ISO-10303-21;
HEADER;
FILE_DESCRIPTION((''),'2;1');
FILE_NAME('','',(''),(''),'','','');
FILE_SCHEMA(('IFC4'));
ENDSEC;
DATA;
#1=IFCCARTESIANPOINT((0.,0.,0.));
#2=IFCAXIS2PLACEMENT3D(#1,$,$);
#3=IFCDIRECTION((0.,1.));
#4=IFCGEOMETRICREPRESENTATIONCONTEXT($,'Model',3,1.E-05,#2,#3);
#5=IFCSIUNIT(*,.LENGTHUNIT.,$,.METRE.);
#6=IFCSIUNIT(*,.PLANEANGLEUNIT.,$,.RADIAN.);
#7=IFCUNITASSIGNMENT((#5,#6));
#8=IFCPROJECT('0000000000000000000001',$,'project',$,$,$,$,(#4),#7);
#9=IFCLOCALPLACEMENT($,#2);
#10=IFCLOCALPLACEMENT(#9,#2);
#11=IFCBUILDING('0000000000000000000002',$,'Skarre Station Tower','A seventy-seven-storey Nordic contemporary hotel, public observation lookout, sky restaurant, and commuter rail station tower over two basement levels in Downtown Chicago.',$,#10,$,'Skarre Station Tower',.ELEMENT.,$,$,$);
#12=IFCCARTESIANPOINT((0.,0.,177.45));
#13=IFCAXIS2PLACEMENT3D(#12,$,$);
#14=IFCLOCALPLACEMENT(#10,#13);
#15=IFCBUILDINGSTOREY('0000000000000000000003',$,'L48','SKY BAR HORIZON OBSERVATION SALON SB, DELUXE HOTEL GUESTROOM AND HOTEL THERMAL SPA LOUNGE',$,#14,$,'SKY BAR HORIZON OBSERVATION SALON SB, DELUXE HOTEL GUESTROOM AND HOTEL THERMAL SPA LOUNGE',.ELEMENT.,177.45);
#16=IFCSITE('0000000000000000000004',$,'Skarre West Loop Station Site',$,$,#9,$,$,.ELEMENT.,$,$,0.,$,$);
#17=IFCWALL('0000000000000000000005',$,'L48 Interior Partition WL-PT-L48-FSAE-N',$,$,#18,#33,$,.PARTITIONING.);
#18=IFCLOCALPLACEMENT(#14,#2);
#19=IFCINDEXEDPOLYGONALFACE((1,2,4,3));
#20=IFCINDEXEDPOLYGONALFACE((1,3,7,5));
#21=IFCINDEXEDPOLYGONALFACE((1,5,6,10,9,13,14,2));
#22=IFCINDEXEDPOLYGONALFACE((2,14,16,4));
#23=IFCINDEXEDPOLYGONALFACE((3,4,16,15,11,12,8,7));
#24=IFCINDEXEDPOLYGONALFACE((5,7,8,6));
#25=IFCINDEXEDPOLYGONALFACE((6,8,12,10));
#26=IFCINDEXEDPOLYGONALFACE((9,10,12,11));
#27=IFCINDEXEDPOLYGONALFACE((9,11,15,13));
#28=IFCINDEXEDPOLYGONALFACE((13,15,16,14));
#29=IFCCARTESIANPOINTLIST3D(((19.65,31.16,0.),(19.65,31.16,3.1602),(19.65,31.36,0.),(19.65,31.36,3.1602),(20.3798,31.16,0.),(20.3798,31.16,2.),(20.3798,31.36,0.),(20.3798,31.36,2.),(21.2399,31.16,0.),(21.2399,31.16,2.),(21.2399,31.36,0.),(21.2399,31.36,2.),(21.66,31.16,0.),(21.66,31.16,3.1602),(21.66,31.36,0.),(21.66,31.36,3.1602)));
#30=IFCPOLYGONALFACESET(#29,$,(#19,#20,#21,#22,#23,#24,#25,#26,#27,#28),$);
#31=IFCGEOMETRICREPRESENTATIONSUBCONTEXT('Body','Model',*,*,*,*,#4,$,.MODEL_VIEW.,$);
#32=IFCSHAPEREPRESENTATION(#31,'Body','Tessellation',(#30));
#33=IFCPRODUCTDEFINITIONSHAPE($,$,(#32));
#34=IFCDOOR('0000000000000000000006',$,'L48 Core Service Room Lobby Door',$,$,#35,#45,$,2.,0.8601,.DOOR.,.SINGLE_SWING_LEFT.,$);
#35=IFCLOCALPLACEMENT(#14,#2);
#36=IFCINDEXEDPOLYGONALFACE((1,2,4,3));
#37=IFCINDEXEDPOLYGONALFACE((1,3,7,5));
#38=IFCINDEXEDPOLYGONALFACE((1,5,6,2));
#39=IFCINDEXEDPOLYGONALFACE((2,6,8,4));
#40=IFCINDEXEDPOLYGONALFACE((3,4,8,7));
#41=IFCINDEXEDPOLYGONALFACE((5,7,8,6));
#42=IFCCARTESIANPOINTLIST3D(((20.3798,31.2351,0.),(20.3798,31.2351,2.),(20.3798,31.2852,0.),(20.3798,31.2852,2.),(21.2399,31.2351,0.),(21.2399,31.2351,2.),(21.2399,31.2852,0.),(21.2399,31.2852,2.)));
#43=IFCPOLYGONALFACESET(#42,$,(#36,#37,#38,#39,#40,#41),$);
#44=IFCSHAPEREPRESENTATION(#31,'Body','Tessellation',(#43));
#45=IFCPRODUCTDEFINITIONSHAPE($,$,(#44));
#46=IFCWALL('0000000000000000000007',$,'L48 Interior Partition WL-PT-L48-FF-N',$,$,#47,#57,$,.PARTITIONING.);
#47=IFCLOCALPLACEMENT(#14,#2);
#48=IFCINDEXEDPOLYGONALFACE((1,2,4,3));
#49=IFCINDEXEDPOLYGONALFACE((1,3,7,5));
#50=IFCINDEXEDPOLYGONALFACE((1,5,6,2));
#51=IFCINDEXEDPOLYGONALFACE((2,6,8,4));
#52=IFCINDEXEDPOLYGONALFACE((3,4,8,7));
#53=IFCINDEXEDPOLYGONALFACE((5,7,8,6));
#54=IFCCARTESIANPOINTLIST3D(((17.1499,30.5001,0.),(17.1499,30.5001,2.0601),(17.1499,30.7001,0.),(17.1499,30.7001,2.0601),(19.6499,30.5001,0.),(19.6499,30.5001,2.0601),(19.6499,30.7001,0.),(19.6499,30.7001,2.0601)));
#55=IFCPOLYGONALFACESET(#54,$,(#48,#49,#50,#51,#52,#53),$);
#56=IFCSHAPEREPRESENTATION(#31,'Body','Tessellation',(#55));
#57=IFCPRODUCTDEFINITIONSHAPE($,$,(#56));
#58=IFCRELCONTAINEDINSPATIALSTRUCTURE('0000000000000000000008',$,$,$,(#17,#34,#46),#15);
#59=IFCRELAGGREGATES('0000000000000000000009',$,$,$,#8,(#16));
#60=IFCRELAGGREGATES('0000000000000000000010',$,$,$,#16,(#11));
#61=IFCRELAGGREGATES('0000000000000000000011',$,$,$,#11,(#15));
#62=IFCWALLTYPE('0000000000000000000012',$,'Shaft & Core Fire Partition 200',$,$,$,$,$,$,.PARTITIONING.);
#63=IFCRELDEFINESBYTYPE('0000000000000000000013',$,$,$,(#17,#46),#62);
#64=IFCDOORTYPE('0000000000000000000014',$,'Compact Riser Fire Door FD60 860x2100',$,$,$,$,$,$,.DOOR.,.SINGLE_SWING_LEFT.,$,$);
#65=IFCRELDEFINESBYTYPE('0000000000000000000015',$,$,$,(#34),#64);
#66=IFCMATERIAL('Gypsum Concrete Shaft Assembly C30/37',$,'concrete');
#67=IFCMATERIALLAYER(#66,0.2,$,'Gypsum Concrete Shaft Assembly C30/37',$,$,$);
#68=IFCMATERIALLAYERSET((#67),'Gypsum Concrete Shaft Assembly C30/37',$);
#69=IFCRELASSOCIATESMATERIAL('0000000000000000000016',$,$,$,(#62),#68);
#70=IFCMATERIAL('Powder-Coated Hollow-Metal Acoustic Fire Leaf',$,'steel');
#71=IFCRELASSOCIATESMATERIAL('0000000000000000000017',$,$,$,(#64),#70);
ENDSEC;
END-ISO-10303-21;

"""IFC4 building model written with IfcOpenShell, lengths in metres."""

from ifc_helpers import new_model, si_unit, direction, frame, frame_2d, origin, place, context, subcontext, project, spatial, rectangle, extrude, material, layer, layer_set, type_object, element, fill, save


model = new_model("IFC4")

# Units and contexts
model_context = context("Model", 3, precision=1e-05, world=origin(), true_north=direction((0.0, 1.0)))
body_context = subcontext(model_context, "Body", "Model", "MODEL_VIEW")
ifc_project = project(units=[si_unit("LENGTHUNIT", "METRE"), si_unit("PLANEANGLEUNIT", "RADIAN")], contexts=[model_context])

# Site, building, storey
site_placement = place(None, origin())
site = spatial("IfcSite", under=ifc_project, at=site_placement, Name="Skarre West Loop Station Site", CompositionType="ELEMENT", RefElevation=0.0)
building_placement = place(site_placement, origin())
building = spatial("IfcBuilding", under=site, at=building_placement, Name="Skarre Station Tower", Description="A seventy-seven-storey Nordic contemporary hotel, public observation lookout, sky restaurant, and commuter rail station tower over two basement levels in Downtown Chicago.", LongName="Skarre Station Tower", CompositionType="ELEMENT")
storey_placement = place(building_placement, frame((0.0, 0.0, 177.45)))
storey = spatial("IfcBuildingStorey", under=building, at=storey_placement, Name="L48", Description="SKY BAR HORIZON OBSERVATION SALON SB, DELUXE HOTEL GUESTROOM AND HOTEL THERMAL SPA LOUNGE", LongName="SKY BAR HORIZON OBSERVATION SALON SB, DELUXE HOTEL GUESTROOM AND HOTEL THERMAL SPA LOUNGE", CompositionType="ELEMENT", Elevation=177.45)

# Wall, opening, door
ifc_material_1 = material(Name="Gypsum Concrete Shaft Assembly C30/37", Category="concrete")
ifc_layer_1 = layer(ifc_material_1, 0.2, Name="Gypsum Concrete Shaft Assembly C30/37")
ifc_layer_set_1 = layer_set([ifc_layer_1], Name="Gypsum Concrete Shaft Assembly C30/37")
wall_type_1 = type_object("IfcWallType", Name="Shaft & Core Fire Partition 200", PredefinedType="PARTITIONING", material=ifc_layer_set_1)
wall_1_placement = place(storey_placement, frame((21.6599, 31.26, 0.0), z_axis=(0.0, 0.0, 1.0), x_axis=(-1.0, 0.0, 0.0)))
wall_1 = element("IfcWall", 1, at=wall_1_placement, inside=storey, type_object=wall_type_1, Name="L48 Interior Partition WL-PT-L48-FSAE-N", PredefinedType="PARTITIONING", context=body_context, shape_type="SweptSolid", body=[
    extrude(rectangle(XDim=2.01, YDim=0.2, at=frame_2d((1.0049, 0.0))), origin(), (0.0, 0.0, 1.0), 3.1602),
])
opening_1_placement = place(wall_1_placement, frame((0.4199, 0.0, 0.0)))
opening_1 = element("IfcOpeningElement", 2, at=opening_1_placement, cuts=wall_1, PredefinedType="OPENING", context=body_context, shape_type="SweptSolid", body=[
    extrude(rectangle(XDim=0.8601, YDim=2.0, at=frame_2d((0.4302, 1.0))), frame((0.0, 0.1099, 0.0), z_axis=(0.0, -1.0, 0.0), x_axis=(1.0, 0.0, 0.0)), (0.0, 0.0, 1.0), 0.22),
])
ifc_material_2 = material(Name="Powder-Coated Hollow-Metal Acoustic Fire Leaf", Category="steel")
door_type_1 = type_object("IfcDoorType", Name="Compact Riser Fire Door FD60 860x2100", OperationType="SINGLE_SWING_LEFT", PredefinedType="DOOR", material=ifc_material_2)
door_1_placement = place(opening_1_placement, origin())
door_1 = element("IfcDoor", 3, at=door_1_placement, inside=storey, type_object=door_type_1, Name="L48 Core Service Room Lobby Door", OperationType="SINGLE_SWING_LEFT", OverallHeight=2.0, OverallWidth=0.8601, PredefinedType="DOOR", context=body_context, shape_type="SweptSolid", body=[
    extrude(rectangle(XDim=0.8601, YDim=2.0, at=frame_2d((0.4302, 1.0))), frame((0.0, 0.0249, 0.0), z_axis=(0.0, -1.0, 0.0), x_axis=(1.0, 0.0, 0.0)), (0.0, 0.0, 1.0), 0.05),
])
fill(opening_1, door_1)

# Wall
wall_2_placement = place(storey_placement, frame((19.6499, 30.6001, 0.0), z_axis=(0.0, 0.0, 1.0), x_axis=(-1.0, 0.0, 0.0)))
element("IfcWall", 4, at=wall_2_placement, inside=storey, type_object=wall_type_1, Name="L48 Interior Partition WL-PT-L48-FF-N", PredefinedType="PARTITIONING", context=body_context, shape_type="SweptSolid", body=[
    extrude(rectangle(XDim=2.5, YDim=0.2, at=frame_2d((1.25, 0.0))), origin(), (0.0, 0.0, 1.0), 2.0601),
])

save(model, "model.ifc")
